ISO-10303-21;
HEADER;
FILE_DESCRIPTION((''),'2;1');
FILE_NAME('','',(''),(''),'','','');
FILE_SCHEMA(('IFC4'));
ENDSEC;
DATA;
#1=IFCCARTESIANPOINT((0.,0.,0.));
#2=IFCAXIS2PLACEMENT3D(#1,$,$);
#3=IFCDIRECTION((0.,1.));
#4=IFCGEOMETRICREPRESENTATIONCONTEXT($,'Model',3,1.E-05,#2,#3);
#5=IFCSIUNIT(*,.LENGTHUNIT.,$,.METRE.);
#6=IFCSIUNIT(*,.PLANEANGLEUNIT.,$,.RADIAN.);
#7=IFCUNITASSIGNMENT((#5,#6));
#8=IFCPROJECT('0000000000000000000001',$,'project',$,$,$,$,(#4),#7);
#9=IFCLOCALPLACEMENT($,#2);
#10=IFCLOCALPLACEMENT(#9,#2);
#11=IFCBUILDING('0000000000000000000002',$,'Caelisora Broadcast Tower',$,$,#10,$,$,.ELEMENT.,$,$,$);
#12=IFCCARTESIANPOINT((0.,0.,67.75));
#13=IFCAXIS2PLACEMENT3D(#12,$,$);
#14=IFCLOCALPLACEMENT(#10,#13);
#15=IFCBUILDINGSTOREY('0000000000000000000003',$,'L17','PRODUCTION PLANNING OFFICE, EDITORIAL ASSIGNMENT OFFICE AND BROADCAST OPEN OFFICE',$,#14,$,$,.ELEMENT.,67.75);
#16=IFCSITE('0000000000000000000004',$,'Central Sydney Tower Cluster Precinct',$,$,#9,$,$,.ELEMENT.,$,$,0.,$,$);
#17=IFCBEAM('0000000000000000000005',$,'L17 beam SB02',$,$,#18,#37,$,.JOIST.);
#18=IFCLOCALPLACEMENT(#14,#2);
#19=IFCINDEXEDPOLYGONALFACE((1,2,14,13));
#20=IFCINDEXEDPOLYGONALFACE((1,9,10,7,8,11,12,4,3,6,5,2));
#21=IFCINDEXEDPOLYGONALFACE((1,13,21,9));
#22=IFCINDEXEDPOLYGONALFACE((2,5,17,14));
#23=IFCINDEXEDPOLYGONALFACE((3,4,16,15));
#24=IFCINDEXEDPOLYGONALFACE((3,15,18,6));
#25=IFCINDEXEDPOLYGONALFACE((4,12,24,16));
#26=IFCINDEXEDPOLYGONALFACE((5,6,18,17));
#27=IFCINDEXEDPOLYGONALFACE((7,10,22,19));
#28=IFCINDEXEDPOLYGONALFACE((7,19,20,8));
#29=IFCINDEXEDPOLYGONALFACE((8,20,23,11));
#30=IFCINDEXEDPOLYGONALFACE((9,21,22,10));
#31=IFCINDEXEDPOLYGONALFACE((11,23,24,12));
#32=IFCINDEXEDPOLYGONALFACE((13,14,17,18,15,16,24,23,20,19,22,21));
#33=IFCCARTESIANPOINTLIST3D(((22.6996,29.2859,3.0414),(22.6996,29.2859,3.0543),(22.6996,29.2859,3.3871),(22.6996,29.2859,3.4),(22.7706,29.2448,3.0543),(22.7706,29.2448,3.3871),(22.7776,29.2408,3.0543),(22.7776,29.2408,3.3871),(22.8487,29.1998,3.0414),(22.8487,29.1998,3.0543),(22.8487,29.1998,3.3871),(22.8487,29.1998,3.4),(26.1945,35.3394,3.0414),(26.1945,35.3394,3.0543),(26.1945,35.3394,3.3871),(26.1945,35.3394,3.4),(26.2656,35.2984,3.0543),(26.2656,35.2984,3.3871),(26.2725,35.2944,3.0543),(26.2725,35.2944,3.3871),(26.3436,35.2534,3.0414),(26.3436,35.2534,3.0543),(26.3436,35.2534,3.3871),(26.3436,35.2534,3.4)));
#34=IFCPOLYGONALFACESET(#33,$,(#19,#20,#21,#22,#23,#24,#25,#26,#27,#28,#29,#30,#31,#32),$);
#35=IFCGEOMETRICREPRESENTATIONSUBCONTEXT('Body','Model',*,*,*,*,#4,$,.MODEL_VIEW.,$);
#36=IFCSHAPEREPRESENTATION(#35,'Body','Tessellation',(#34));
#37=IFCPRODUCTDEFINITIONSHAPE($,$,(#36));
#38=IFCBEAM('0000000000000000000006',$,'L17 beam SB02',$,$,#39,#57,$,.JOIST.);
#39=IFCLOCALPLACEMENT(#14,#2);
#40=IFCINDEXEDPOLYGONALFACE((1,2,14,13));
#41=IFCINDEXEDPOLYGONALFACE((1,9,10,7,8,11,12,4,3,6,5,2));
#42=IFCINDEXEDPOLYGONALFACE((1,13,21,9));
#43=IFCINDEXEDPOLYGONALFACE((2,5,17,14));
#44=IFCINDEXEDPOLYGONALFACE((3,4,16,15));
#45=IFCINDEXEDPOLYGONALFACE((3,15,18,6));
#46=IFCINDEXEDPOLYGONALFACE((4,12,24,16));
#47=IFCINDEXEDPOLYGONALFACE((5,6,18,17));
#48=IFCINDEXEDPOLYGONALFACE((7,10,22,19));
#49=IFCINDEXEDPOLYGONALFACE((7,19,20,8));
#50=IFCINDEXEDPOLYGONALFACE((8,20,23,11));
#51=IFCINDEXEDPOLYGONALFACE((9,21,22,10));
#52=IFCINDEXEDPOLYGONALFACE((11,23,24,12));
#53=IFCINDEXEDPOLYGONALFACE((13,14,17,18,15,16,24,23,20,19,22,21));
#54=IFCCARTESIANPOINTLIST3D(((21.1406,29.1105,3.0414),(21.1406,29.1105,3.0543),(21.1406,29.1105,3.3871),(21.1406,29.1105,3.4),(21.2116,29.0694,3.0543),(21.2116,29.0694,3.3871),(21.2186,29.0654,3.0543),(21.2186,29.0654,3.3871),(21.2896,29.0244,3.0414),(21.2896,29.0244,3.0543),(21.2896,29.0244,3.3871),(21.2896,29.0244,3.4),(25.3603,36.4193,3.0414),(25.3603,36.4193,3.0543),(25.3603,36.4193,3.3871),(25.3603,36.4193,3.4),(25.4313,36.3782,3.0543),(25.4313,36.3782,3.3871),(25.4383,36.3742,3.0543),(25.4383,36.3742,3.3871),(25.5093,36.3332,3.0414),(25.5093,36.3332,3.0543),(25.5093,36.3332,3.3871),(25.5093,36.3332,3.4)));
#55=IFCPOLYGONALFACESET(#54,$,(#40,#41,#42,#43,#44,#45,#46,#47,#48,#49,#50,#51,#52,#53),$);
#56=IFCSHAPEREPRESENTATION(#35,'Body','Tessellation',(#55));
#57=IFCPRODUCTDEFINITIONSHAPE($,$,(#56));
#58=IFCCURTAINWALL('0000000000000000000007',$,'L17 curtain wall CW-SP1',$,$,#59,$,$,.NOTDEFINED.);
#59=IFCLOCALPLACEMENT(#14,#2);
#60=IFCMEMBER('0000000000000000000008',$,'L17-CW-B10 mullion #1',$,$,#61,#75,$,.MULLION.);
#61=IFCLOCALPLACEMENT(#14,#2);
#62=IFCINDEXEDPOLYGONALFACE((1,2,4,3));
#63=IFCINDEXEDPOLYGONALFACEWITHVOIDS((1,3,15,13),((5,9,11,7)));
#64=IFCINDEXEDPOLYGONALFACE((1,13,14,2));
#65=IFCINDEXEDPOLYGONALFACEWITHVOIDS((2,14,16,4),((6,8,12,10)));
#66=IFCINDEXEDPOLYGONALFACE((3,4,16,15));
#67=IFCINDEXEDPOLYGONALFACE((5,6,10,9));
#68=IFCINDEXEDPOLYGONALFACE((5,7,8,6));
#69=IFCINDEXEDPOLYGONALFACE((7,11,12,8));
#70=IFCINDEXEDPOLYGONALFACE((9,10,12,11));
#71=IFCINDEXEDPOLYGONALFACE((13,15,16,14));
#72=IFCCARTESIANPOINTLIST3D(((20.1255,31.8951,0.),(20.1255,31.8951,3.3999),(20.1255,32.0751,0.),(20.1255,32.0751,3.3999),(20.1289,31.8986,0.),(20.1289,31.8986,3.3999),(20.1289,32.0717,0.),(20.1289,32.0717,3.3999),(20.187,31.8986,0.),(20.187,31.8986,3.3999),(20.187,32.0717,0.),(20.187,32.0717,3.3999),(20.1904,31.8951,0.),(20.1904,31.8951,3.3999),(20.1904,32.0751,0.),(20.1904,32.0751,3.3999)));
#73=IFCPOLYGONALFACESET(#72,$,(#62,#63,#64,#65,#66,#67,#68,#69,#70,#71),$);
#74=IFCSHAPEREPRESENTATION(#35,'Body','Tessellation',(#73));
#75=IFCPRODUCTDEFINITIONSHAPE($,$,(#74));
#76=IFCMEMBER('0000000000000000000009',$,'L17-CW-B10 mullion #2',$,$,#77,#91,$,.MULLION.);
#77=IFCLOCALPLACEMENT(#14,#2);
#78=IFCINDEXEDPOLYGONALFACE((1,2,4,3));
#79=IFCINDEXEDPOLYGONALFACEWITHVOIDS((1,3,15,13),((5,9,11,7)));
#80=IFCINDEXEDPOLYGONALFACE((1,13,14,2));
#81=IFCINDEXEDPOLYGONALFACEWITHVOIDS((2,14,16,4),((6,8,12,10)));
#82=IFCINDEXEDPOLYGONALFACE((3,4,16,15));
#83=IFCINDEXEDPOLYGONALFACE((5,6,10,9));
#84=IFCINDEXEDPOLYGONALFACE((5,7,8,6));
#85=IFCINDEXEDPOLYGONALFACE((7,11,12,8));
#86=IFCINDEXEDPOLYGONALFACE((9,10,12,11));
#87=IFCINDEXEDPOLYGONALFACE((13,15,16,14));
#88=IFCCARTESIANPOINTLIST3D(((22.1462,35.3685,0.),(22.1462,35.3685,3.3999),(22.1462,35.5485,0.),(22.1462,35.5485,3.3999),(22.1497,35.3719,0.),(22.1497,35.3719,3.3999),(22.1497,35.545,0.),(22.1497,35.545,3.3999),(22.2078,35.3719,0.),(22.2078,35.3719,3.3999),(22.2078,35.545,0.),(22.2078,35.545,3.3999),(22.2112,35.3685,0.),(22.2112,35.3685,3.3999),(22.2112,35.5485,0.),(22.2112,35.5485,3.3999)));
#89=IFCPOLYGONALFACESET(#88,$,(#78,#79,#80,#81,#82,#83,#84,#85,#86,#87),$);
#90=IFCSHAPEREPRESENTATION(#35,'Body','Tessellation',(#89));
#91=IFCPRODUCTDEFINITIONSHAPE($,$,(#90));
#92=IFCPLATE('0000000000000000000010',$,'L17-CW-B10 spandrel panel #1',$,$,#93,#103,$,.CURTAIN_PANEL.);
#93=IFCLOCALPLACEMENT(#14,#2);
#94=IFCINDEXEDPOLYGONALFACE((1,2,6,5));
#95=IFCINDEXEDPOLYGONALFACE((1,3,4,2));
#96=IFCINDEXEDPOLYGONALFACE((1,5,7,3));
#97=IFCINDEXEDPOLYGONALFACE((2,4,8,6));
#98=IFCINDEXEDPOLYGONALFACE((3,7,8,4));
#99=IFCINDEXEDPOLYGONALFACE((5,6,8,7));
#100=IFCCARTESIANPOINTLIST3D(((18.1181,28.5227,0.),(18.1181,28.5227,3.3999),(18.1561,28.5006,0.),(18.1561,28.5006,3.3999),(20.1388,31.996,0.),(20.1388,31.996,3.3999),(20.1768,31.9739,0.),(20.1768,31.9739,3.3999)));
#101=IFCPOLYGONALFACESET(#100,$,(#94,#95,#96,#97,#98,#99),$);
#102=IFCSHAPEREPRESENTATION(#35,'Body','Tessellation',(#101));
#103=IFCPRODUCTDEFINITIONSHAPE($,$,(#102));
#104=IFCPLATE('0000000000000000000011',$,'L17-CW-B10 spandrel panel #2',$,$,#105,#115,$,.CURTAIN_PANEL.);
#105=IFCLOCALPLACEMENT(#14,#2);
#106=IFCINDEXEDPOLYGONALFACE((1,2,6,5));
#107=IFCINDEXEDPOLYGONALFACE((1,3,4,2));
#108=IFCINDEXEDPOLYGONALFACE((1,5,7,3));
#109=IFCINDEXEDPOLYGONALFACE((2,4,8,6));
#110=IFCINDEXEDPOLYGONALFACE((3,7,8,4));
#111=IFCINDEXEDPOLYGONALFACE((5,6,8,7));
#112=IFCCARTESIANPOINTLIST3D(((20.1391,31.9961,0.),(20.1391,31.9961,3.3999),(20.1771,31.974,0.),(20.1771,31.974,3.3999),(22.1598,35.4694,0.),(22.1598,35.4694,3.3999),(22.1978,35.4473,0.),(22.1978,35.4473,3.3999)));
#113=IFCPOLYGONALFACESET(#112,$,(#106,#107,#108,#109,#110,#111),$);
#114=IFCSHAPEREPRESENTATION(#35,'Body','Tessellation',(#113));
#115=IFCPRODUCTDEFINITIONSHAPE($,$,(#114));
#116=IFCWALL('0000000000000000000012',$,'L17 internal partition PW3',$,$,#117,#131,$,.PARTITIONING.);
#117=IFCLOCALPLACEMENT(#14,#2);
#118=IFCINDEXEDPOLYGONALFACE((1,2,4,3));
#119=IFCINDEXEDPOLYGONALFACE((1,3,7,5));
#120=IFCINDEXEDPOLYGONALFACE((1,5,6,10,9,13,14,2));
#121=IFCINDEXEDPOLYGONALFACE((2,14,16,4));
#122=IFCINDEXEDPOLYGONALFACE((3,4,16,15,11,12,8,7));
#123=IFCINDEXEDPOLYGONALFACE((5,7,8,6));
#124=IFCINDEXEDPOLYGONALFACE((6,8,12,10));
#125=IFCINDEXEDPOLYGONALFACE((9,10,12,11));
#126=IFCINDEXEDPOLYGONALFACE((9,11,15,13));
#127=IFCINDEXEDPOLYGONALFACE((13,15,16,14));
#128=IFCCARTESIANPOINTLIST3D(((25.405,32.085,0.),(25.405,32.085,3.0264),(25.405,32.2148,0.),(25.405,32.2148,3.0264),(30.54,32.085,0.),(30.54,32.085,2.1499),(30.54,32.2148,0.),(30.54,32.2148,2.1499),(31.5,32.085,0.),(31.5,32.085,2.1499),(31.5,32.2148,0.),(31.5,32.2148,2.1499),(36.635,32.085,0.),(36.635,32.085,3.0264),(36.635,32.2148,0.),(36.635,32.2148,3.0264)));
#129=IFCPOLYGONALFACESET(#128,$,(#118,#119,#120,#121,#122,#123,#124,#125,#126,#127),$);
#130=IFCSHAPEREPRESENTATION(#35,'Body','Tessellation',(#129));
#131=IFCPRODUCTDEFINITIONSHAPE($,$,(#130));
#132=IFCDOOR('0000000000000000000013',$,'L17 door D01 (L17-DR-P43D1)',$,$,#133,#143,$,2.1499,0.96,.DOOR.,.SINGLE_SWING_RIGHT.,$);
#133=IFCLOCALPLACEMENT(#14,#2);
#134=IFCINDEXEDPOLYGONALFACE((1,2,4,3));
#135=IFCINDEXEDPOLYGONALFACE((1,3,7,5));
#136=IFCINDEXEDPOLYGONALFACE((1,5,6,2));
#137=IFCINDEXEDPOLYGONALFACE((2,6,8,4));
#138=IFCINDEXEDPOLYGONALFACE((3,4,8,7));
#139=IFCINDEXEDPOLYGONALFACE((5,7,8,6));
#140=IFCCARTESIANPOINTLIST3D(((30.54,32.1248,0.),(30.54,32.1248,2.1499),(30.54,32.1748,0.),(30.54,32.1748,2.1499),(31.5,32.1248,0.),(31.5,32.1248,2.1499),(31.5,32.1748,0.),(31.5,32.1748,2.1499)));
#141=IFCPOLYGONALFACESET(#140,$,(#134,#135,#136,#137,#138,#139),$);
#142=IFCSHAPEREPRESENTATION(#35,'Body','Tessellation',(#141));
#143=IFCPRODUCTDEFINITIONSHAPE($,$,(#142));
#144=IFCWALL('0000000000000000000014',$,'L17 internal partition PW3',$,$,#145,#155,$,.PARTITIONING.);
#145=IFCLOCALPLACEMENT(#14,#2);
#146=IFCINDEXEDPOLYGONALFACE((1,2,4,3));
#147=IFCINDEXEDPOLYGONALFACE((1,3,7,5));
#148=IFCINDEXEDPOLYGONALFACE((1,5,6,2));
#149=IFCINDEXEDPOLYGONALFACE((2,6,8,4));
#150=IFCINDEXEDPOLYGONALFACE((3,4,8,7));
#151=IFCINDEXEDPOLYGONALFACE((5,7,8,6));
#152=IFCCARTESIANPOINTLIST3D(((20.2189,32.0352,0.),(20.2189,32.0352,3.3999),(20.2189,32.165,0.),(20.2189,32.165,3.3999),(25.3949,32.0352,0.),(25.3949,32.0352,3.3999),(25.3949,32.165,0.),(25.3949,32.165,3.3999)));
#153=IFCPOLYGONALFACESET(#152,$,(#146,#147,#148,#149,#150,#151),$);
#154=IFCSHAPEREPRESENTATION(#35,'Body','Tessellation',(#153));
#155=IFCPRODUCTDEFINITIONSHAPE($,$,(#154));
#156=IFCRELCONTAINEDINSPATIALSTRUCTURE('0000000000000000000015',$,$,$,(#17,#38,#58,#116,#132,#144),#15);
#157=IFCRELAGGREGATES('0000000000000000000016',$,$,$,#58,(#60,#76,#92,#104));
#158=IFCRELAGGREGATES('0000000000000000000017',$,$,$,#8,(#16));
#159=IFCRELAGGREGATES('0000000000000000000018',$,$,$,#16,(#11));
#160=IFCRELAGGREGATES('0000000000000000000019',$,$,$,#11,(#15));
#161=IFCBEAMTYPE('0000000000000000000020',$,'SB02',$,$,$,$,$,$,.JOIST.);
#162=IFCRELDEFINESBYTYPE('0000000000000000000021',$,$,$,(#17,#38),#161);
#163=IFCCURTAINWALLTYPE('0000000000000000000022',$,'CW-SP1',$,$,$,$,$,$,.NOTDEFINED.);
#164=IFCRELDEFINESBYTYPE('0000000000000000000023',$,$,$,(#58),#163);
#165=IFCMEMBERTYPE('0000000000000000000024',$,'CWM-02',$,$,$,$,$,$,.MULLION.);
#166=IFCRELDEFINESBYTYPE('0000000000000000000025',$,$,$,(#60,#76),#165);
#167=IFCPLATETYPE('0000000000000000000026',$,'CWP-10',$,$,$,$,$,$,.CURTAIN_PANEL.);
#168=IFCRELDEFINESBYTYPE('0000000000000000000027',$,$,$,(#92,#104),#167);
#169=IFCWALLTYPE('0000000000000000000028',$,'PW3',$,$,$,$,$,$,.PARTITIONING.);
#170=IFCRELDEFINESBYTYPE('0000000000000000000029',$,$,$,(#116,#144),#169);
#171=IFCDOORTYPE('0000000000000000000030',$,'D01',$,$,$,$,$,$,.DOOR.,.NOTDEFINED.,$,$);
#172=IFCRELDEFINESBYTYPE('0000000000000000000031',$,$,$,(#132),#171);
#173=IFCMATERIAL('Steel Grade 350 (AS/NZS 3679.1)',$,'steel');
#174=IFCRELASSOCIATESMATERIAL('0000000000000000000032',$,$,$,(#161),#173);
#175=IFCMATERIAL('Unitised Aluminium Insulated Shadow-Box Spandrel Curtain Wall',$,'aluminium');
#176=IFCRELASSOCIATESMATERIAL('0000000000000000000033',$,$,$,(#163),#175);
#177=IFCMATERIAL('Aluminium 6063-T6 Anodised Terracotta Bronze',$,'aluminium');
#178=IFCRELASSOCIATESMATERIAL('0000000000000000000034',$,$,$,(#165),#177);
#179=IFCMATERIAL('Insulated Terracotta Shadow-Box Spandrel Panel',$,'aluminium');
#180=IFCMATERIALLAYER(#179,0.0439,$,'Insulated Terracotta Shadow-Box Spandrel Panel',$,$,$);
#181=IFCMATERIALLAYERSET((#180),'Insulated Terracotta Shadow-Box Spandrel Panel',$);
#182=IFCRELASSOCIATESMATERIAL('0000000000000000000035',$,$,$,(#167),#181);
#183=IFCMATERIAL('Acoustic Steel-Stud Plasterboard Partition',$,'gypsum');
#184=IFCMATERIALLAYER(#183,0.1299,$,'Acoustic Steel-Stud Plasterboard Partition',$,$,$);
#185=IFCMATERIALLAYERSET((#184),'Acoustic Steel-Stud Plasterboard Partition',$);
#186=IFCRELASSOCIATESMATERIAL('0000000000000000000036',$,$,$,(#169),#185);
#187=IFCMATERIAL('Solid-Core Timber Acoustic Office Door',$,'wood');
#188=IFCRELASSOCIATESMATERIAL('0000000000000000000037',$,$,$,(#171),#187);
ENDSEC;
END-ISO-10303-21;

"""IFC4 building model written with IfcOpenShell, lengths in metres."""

from ifc_helpers import new_model, si_unit, direction, frame, frame_2d, origin, origin_2d, place, context, subcontext, project, spatial, rectangle, hollow_rectangle, i_section, extrude, source, transform, mapped, material, layer, layer_set, material_profile, profile_set, type_object, type_shapes, element, fill, aggregate, save


model = new_model("IFC4")

# Units and contexts
model_context = context("Model", 3, precision=1e-05, world=origin(), true_north=direction((0.0, 1.0)))
body_context = subcontext(model_context, "Body", "Model", "MODEL_VIEW")
ifc_project = project(units=[si_unit("LENGTHUNIT", "METRE"), si_unit("PLANEANGLEUNIT", "RADIAN")], contexts=[model_context])

# Site, building, storey
site_placement = place(None, origin())
site = spatial("IfcSite", under=ifc_project, at=site_placement, Name="Central Sydney Tower Cluster Precinct", CompositionType="ELEMENT", RefElevation=0.0)
building_placement = place(site_placement, origin())
building = spatial("IfcBuilding", under=site, at=building_placement, Name="Caelisora Broadcast Tower", CompositionType="ELEMENT")
storey_placement = place(building_placement, frame((0.0, 0.0, 67.75)))
storey = spatial("IfcBuildingStorey", under=building, at=storey_placement, Name="L17", Description="PRODUCTION PLANNING OFFICE, EDITORIAL ASSIGNMENT OFFICE AND BROADCAST OPEN OFFICE", CompositionType="ELEMENT", Elevation=67.75)

# Beams
ifc_material_1 = material(Name="Steel Grade 350 (AS/NZS 3679.1)", Category="steel")
ifc_material_profile_1 = material_profile(ifc_material_1, i_section(OverallWidth=0.1721, OverallDepth=0.3586, WebThickness=0.0081, FlangeThickness=0.0129, at=origin_2d()), Name="Steel Grade 350 (AS/NZS 3679.1)")
ifc_profile_set_1 = profile_set([ifc_material_profile_1], Name="Steel Grade 350 (AS/NZS 3679.1)")
beam_type_1 = type_object("IfcBeamType", Name="SB02", PredefinedType="JOIST", material=ifc_profile_set_1)
shared_shape_1 = source(origin(), body_context, "Body", "SweptSolid", [
    extrude(i_section(OverallWidth=0.1721, OverallDepth=0.3586, WebThickness=0.0081, FlangeThickness=0.0129, at=origin_2d()), origin(), (0.0, 0.0, 1.0), 6.99),
])
beam_1_placement = place(storey_placement, frame((26.269, 35.2964, 3.2207), z_axis=(-0.49999, -0.866031, 0.0), x_axis=(0.866031, -0.49999, 0.0)))
element("IfcBeam", 1, at=beam_1_placement, inside=storey, type_object=beam_type_1, Name="L17 beam SB02", PredefinedType="JOIST", context=body_context, shape_type="MappedRepresentation", body=[
    mapped(shared_shape_1, transform((0.0, 0.0, 0.0), scale=1.0)),
])
shared_shape_2 = source(origin(), body_context, "Body", "SweptSolid", [
    extrude(i_section(OverallWidth=0.1721, OverallDepth=0.3586, WebThickness=0.0081, FlangeThickness=0.0129, at=origin_2d()), origin(), (0.0, 0.0, 1.0), 8.4395),
])
beam_2_placement = place(storey_placement, frame((25.4348, 36.3762, 3.2207), z_axis=(-0.499997, -0.866027, 0.0), x_axis=(0.866027, -0.499997, 0.0)))
element("IfcBeam", 2, at=beam_2_placement, inside=storey, type_object=beam_type_1, Name="L17 beam SB02", PredefinedType="JOIST", context=body_context, shape_type="MappedRepresentation", body=[
    mapped(shared_shape_2, transform((0.0, 0.0, 0.0), scale=1.0)),
])

# Curtain wall, members, plates
ifc_material_2 = material(Name="Unitised Aluminium Insulated Shadow-Box Spandrel Curtain Wall", Category="aluminium")
curtain_wall_type = type_object("IfcCurtainWallType", Name="CW-SP1", PredefinedType="NOTDEFINED", material=ifc_material_2)
curtain_wall_placement = place(storey_placement, origin())
curtain_wall = element("IfcCurtainWall", 3, at=curtain_wall_placement, inside=storey, type_object=curtain_wall_type, Name="L17 curtain wall CW-SP1", PredefinedType="NOTDEFINED")
ifc_material_3 = material(Name="Aluminium 6063-T6 Anodised Terracotta Bronze", Category="aluminium")
ifc_material_profile_2 = material_profile(ifc_material_3, hollow_rectangle(XDim=0.0649, YDim=0.1799, WallThickness=0.0034, at=origin_2d()), Name="Aluminium 6063-T6 Anodised Terracotta Bronze")
ifc_profile_set_2 = profile_set([ifc_material_profile_2], Name="Aluminium 6063-T6 Anodised Terracotta Bronze")
member_type = type_object("IfcMemberType", Name="CWM-02", PredefinedType="MULLION", material=ifc_profile_set_2)
shared_shape_3 = source(origin(), body_context, "Body", "SweptSolid", [
    extrude(hollow_rectangle(XDim=0.0649, YDim=0.1799, WallThickness=0.0034, at=origin_2d()), origin(), (0.0, 0.0, 1.0), 3.3999),
])
type_shapes(member_type, [shared_shape_3])
member_1_placement = place(storey_placement, frame((20.158, 31.9851, 0.0), z_axis=(0.0, 0.0, 1.0), x_axis=(1.0, 0.0, 0.0)))
member_1 = element("IfcMember", 4, at=member_1_placement, type_object=member_type, Name="L17-CW-B10 mullion #1", PredefinedType="MULLION", context=body_context, shape_type="MappedRepresentation", body=[
    mapped(shared_shape_3, transform((0.0, 0.0, 0.0), scale=1.0)),
])
member_2_placement = place(storey_placement, frame((22.1787, 35.4585, 0.0), z_axis=(0.0, 0.0, 1.0), x_axis=(1.0, 0.0, 0.0)))
member_2 = element("IfcMember", 5, at=member_2_placement, type_object=member_type, Name="L17-CW-B10 mullion #2", PredefinedType="MULLION", context=body_context, shape_type="MappedRepresentation", body=[
    mapped(shared_shape_3, transform((0.0, 0.0, 0.0), scale=1.0)),
])
ifc_material_4 = material(Name="Insulated Terracotta Shadow-Box Spandrel Panel", Category="aluminium")
ifc_layer_1 = layer(ifc_material_4, 0.0439, Name="Insulated Terracotta Shadow-Box Spandrel Panel")
ifc_layer_set_1 = layer_set([ifc_layer_1], Name="Insulated Terracotta Shadow-Box Spandrel Panel")
plate_type = type_object("IfcPlateType", Name="CWP-10", PredefinedType="CURTAIN_PANEL", material=ifc_layer_set_1)
shared_shape_4 = source(origin(), body_context, "Body", "SweptSolid", [
    extrude(rectangle(XDim=4.0183, YDim=0.0439, at=origin_2d()), origin(), (0.0, 0.0, 1.0), 3.3999),
])
type_shapes(plate_type, [shared_shape_4])
plate_1_placement = place(storey_placement, frame((19.1475, 30.2483, 0.0), z_axis=(0.0, 0.0, 1.0), x_axis=(0.502869, 0.864363, 0.0)))
plate_1 = element("IfcPlate", 6, at=plate_1_placement, type_object=plate_type, Name="L17-CW-B10 spandrel panel #1", PredefinedType="CURTAIN_PANEL", context=body_context, shape_type="MappedRepresentation", body=[
    mapped(shared_shape_4, transform((0.0, 0.0, 0.0), scale=1.0)),
])
plate_2_placement = place(storey_placement, frame((21.1685, 33.7217, 0.0), z_axis=(0.0, 0.0, 1.0), x_axis=(0.502869, 0.864363, 0.0)))
plate_2 = element("IfcPlate", 7, at=plate_2_placement, type_object=plate_type, Name="L17-CW-B10 spandrel panel #2", PredefinedType="CURTAIN_PANEL", context=body_context, shape_type="MappedRepresentation", body=[
    mapped(shared_shape_4, transform((0.0, 0.0, 0.0), scale=1.0)),
])
aggregate(curtain_wall, [member_1, member_2, plate_1, plate_2])

# Wall, opening, door
ifc_material_5 = material(Name="Acoustic Steel-Stud Plasterboard Partition", Category="gypsum")
ifc_layer_2 = layer(ifc_material_5, 0.1299, Name="Acoustic Steel-Stud Plasterboard Partition")
ifc_layer_set_2 = layer_set([ifc_layer_2], Name="Acoustic Steel-Stud Plasterboard Partition")
wall_type = type_object("IfcWallType", Name="PW3", PredefinedType="PARTITIONING", material=ifc_layer_set_2)
wall_1_placement = place(storey_placement, frame((25.405, 32.1499, 0.0), z_axis=(0.0, 0.0, 1.0), x_axis=(1.0, 0.0, 0.0)))
wall_1 = element("IfcWall", 8, at=wall_1_placement, inside=storey, type_object=wall_type, Name="L17 internal partition PW3", PredefinedType="PARTITIONING", context=body_context, shape_type="SweptSolid", body=[
    extrude(rectangle(XDim=11.23, YDim=0.1299, at=frame_2d((5.615, 0.0))), origin(), (0.0, 0.0, 1.0), 3.0264),
])
opening_1_placement = place(wall_1_placement, frame((5.135, 0.0, 0.0)))
opening_1 = element("IfcOpeningElement", 9, at=opening_1_placement, cuts=wall_1, PredefinedType="OPENING", context=body_context, shape_type="SweptSolid", body=[
    extrude(rectangle(XDim=0.96, YDim=2.1499, at=frame_2d((0.48, 1.075))), frame((0.0, 0.0769, 0.0), z_axis=(0.0, -1.0, 0.0), x_axis=(1.0, 0.0, 0.0)), (0.0, 0.0, 1.0), 0.1538),
])
ifc_material_6 = material(Name="Solid-Core Timber Acoustic Office Door", Category="wood")
door_type = type_object("IfcDoorType", Name="D01", OperationType="NOTDEFINED", PredefinedType="DOOR", material=ifc_material_6)
door_1_placement = place(opening_1_placement, origin())
door_1 = element("IfcDoor", 10, at=door_1_placement, inside=storey, type_object=door_type, Name="L17 door D01 (L17-DR-P43D1)", OperationType="SINGLE_SWING_RIGHT", OverallHeight=2.1499, OverallWidth=0.96, PredefinedType="DOOR", context=body_context, shape_type="SweptSolid", body=[
    extrude(rectangle(XDim=0.96, YDim=2.1499, at=frame_2d((0.48, 1.075))), frame((0.0, 0.0249, 0.0), z_axis=(0.0, -1.0, 0.0), x_axis=(1.0, 0.0, 0.0)), (0.0, 0.0, 1.0), 0.05),
])
fill(opening_1, door_1)

# Wall
wall_2_placement = place(storey_placement, frame((20.219, 32.1001, 0.0), z_axis=(0.0, 0.0, 1.0), x_axis=(1.0, 0.0, 0.0)))
element("IfcWall", 11, at=wall_2_placement, inside=storey, type_object=wall_type, Name="L17 internal partition PW3", PredefinedType="PARTITIONING", context=body_context, shape_type="SweptSolid", body=[
    extrude(rectangle(XDim=5.176, YDim=0.1299, at=frame_2d((2.5879, 0.0))), origin(), (0.0, 0.0, 1.0), 3.3999),
])

save(model, "model.ifc")
